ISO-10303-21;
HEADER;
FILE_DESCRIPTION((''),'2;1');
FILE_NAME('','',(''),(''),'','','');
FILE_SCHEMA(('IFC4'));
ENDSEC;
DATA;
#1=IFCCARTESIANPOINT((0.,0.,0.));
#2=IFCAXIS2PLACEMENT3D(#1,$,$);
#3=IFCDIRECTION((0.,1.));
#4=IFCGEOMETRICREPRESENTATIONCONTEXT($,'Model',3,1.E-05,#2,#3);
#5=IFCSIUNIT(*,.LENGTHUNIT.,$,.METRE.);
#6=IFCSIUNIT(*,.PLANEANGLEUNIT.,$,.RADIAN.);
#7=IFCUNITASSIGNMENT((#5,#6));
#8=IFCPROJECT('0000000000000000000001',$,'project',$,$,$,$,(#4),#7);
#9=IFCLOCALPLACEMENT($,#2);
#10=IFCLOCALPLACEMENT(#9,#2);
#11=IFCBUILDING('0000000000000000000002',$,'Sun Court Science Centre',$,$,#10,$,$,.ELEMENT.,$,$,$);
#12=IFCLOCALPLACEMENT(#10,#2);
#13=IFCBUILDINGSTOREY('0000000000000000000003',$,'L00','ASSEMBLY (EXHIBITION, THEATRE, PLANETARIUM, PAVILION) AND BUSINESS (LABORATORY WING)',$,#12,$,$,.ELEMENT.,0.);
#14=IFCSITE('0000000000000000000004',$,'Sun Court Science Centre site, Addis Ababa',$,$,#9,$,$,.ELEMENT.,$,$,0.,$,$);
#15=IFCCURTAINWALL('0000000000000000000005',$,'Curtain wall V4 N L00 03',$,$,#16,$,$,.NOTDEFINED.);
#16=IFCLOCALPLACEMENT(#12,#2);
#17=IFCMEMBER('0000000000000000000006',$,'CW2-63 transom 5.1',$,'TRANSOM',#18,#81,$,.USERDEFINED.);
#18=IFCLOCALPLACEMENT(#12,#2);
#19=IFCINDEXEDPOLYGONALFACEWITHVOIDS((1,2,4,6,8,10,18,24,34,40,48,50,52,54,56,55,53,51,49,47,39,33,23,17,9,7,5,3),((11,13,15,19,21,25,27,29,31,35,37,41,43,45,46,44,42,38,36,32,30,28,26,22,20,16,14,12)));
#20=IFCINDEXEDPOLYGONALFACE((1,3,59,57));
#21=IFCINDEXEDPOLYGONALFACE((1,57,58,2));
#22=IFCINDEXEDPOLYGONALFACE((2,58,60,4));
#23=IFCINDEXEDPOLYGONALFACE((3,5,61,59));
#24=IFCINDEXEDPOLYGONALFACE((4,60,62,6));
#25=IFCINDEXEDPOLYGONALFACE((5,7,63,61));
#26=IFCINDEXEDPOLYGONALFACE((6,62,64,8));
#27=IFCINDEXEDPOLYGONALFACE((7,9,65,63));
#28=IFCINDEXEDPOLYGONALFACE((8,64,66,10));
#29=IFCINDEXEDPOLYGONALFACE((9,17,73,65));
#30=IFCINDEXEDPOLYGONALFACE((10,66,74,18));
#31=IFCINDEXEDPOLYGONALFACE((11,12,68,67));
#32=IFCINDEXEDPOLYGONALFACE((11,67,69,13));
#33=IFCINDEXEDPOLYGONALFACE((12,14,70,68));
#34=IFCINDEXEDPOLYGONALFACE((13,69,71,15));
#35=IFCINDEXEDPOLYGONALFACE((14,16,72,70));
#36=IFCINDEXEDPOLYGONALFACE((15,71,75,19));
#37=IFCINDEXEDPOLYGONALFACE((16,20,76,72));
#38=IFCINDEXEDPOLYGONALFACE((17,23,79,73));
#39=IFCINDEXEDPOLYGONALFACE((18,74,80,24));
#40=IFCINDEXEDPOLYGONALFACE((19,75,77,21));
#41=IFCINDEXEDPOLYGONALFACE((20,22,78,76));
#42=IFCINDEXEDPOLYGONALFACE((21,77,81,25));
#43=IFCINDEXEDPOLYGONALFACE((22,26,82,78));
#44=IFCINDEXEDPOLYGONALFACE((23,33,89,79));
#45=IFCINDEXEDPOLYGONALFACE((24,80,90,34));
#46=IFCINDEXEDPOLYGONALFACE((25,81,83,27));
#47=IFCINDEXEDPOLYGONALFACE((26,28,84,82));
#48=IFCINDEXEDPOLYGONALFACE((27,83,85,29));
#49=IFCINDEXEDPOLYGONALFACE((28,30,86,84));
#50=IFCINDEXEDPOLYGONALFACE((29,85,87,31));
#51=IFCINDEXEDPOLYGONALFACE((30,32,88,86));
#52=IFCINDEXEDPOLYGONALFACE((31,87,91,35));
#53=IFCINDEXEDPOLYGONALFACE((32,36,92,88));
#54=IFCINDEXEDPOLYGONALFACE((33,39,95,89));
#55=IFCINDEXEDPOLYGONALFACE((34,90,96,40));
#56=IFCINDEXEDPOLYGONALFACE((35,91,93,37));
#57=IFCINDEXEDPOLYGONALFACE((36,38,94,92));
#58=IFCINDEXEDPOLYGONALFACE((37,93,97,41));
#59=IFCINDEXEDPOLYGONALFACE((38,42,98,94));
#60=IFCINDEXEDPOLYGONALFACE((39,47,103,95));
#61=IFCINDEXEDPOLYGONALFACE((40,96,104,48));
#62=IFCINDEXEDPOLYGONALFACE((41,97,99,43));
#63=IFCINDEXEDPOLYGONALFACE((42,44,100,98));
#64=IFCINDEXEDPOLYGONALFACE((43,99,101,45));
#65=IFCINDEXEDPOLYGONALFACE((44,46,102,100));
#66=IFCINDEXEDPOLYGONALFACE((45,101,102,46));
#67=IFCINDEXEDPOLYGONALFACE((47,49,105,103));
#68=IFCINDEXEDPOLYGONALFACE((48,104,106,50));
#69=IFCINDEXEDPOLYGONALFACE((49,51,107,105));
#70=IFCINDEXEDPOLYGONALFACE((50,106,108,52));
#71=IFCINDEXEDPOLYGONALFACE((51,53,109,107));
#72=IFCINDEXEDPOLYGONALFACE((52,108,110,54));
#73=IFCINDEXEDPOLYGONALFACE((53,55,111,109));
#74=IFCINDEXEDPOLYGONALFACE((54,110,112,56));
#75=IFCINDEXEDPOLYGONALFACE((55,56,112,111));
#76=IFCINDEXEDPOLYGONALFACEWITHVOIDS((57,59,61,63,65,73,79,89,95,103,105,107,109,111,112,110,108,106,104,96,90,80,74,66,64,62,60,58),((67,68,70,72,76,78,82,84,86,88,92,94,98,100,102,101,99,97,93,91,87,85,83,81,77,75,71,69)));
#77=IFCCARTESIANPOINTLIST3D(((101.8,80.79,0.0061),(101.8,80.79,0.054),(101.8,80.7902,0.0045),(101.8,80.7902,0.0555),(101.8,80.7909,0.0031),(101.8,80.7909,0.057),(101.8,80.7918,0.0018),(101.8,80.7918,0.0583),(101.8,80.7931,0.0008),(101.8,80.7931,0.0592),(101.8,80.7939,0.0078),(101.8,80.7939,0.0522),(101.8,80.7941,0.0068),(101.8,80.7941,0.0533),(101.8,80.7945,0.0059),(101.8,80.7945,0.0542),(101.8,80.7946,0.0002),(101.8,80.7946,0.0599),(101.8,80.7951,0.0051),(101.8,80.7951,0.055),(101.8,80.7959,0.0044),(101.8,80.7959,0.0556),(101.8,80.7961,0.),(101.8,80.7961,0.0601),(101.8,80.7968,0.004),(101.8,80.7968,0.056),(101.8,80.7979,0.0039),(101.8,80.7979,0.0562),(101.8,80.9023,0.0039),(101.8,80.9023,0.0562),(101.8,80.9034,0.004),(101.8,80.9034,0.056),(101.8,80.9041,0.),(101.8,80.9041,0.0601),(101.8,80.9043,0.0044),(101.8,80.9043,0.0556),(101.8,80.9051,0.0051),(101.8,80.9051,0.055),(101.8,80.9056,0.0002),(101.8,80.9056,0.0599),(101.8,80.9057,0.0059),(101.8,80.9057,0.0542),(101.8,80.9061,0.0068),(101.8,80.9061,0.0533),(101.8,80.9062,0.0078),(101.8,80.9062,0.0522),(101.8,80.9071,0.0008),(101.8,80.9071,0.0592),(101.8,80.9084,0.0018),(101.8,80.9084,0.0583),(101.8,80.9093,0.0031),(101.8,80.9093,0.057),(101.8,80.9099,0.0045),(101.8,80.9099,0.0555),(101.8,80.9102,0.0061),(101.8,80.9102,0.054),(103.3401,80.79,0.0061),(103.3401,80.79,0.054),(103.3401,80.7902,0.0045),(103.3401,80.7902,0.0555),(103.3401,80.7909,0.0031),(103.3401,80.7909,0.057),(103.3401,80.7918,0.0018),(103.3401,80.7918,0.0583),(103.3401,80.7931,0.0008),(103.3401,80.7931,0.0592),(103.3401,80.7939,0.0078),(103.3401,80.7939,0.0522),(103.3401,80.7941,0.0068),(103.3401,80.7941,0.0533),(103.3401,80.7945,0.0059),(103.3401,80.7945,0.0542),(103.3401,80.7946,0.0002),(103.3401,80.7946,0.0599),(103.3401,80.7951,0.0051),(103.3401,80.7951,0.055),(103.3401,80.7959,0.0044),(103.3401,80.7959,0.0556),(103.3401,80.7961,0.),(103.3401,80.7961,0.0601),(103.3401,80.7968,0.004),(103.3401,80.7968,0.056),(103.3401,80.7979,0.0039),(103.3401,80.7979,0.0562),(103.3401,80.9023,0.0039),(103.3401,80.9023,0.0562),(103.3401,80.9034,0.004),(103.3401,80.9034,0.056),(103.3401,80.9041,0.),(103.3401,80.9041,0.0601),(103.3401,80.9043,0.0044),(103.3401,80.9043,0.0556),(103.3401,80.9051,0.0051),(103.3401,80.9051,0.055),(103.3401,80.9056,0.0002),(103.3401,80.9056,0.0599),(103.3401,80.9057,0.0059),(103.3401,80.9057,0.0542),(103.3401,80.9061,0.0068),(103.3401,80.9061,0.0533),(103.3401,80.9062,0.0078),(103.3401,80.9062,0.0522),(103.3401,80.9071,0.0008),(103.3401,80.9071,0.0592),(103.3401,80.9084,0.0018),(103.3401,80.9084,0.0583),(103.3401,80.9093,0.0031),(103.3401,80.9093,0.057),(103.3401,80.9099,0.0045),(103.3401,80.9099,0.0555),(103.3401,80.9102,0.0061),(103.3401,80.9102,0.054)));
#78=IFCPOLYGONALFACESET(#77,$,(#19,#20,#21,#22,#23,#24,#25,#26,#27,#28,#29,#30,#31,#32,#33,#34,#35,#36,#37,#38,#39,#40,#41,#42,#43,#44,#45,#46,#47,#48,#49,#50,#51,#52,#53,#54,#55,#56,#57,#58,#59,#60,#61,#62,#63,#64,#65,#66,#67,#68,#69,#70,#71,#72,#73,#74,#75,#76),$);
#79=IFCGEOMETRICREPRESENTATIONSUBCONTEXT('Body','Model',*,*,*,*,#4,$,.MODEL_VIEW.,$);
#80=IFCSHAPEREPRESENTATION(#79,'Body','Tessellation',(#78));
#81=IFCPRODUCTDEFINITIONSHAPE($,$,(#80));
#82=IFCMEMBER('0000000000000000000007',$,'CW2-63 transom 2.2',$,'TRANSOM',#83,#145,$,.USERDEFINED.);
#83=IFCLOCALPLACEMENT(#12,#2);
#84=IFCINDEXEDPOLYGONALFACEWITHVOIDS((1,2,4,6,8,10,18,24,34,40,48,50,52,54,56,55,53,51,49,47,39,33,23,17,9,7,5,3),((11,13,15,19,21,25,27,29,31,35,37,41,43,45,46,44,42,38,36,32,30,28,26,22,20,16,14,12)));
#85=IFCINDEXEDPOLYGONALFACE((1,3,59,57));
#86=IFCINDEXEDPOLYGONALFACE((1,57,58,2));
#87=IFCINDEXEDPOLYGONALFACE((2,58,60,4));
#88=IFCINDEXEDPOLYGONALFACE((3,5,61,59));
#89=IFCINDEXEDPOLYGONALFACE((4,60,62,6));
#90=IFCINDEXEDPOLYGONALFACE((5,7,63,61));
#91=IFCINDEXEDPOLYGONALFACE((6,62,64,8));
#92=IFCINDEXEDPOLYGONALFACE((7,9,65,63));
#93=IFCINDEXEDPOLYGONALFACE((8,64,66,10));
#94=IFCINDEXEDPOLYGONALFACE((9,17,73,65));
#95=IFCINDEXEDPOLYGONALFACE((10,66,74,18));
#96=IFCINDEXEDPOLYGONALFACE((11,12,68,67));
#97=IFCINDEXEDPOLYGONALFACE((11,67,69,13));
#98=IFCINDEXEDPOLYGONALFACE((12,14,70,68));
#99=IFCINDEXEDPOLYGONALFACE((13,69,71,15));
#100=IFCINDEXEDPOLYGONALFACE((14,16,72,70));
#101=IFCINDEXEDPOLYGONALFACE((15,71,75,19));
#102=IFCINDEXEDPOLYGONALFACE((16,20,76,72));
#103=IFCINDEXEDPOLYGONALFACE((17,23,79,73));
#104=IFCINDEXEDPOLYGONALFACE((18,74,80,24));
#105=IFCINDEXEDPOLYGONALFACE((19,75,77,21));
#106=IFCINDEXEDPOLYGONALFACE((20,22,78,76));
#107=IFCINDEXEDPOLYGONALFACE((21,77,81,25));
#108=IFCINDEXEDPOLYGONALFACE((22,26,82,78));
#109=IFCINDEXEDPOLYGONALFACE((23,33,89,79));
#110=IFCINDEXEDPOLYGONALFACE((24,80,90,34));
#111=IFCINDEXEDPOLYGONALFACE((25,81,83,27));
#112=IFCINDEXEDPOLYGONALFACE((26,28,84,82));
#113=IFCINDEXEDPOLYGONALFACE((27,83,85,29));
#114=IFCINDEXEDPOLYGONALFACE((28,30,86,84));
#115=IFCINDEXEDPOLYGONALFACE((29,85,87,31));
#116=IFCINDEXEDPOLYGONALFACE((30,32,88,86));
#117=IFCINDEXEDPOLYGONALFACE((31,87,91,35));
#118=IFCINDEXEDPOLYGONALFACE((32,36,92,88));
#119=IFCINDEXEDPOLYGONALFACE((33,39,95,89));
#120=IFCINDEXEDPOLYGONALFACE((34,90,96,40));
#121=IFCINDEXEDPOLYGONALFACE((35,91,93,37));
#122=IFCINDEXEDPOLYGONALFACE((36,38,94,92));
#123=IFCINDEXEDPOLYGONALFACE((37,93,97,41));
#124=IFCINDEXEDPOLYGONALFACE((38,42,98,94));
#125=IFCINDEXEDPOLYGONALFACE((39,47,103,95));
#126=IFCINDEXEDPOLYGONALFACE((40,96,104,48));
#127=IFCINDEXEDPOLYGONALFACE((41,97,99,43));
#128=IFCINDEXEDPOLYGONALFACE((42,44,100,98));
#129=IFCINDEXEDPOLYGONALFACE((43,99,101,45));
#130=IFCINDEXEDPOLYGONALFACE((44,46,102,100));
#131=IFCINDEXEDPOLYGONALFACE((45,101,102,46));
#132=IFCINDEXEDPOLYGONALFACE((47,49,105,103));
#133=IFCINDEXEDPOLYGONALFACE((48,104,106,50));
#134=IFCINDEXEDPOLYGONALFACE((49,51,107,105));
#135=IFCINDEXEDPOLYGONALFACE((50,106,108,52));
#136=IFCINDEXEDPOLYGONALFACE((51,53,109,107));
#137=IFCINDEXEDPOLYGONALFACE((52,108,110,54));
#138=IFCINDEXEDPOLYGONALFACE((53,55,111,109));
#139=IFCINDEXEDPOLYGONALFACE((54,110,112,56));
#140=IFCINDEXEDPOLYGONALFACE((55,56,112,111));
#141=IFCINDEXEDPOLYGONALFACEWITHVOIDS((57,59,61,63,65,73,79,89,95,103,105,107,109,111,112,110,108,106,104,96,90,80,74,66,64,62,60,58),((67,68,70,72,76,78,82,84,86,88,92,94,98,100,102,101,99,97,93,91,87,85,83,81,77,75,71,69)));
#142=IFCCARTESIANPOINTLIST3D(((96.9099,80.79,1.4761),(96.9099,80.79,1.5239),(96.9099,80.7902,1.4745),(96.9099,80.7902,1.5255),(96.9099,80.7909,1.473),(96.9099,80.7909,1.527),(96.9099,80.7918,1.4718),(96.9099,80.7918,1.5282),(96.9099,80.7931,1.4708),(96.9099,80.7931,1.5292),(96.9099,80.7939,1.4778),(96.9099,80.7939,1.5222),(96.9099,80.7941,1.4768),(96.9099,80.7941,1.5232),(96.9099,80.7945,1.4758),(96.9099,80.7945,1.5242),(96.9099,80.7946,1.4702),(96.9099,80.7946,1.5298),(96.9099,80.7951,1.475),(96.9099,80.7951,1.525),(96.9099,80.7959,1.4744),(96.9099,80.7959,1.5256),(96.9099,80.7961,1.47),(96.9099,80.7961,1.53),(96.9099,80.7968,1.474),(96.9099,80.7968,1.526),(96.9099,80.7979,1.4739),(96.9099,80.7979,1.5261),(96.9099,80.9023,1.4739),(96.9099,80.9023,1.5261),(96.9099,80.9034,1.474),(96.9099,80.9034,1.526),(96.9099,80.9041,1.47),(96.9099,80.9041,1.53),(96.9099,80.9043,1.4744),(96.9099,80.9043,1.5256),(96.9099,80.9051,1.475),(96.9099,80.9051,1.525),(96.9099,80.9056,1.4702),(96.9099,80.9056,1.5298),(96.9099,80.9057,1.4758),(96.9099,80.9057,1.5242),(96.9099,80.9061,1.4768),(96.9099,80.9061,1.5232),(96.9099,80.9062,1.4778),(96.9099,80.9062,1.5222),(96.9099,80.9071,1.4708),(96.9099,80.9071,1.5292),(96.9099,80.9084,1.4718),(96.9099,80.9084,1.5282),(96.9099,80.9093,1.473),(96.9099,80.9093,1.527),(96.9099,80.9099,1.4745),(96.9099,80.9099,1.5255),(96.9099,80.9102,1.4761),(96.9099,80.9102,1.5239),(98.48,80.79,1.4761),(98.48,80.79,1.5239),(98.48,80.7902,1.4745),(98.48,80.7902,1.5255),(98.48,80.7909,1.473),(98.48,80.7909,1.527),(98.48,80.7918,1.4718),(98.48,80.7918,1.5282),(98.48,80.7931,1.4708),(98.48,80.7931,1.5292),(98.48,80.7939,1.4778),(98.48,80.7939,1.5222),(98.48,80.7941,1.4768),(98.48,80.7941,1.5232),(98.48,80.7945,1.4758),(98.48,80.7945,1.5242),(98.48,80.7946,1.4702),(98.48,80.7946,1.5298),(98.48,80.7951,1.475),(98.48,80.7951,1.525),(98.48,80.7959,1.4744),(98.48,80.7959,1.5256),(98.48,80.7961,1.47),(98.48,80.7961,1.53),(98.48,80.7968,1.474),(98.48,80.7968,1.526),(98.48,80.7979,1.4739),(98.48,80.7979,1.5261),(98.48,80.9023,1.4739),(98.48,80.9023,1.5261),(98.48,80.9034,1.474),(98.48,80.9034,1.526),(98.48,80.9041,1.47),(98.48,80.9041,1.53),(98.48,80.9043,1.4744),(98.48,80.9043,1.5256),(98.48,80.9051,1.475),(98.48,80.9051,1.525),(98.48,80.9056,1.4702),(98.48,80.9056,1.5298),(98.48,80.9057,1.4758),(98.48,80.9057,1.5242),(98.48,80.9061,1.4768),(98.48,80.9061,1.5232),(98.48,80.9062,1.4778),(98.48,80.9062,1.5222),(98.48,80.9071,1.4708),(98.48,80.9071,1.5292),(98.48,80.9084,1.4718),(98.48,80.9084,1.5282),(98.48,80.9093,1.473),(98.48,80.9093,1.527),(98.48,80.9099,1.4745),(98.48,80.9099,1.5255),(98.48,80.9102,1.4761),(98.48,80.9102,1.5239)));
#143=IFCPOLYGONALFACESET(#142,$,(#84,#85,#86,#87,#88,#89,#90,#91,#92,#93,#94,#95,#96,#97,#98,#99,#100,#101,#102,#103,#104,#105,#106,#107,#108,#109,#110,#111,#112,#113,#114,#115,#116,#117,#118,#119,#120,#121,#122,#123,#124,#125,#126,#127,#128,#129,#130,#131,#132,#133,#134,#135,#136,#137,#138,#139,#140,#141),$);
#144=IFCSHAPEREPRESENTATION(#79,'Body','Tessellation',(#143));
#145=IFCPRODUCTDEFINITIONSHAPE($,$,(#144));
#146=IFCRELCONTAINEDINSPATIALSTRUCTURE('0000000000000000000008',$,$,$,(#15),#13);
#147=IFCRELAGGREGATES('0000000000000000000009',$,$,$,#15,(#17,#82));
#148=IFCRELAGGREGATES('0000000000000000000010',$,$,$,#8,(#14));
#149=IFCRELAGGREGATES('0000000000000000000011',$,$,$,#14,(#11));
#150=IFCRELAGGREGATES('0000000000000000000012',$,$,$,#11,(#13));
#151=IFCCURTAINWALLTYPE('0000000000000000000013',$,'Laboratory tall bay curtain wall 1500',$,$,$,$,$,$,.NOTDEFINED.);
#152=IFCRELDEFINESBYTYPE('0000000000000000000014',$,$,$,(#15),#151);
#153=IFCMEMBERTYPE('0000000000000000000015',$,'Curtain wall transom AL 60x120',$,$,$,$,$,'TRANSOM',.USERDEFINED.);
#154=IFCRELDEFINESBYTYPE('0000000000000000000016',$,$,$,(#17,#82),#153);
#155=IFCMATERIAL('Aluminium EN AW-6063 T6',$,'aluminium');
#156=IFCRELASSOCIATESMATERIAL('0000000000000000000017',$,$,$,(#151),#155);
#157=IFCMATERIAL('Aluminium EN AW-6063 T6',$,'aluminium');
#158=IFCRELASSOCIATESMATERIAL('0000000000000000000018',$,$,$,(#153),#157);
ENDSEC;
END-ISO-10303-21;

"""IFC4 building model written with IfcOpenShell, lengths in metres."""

from ifc_helpers import new_model, si_unit, direction, frame, origin, origin_2d, place, context, subcontext, project, spatial, hollow_rectangle, extrude, material, material_profile, profile_set, type_object, element, aggregate, save


model = new_model("IFC4")

# Units and contexts
model_context = context("Model", 3, precision=1e-05, world=origin(), true_north=direction((0.0, 1.0)))
body_context = subcontext(model_context, "Body", "Model", "MODEL_VIEW")
ifc_project = project(units=[si_unit("LENGTHUNIT", "METRE"), si_unit("PLANEANGLEUNIT", "RADIAN")], contexts=[model_context])

# Site, building, storey
site_placement = place(None, origin())
site = spatial("IfcSite", under=ifc_project, at=site_placement, Name="Sun Court Science Centre site, Addis Ababa", CompositionType="ELEMENT", RefElevation=0.0)
building_placement = place(site_placement, origin())
building = spatial("IfcBuilding", under=site, at=building_placement, Name="Sun Court Science Centre", CompositionType="ELEMENT")
storey_placement = place(building_placement, origin())
storey = spatial("IfcBuildingStorey", under=building, at=storey_placement, Name="L00", Description="ASSEMBLY (EXHIBITION, THEATRE, PLANETARIUM, PAVILION) AND BUSINESS (LABORATORY WING)", CompositionType="ELEMENT", Elevation=0.0)

# Curtain wall, members
ifc_material_1 = material(Name="Aluminium EN AW-6063 T6", Category="aluminium")
curtain_wall_type = type_object("IfcCurtainWallType", Name="Laboratory tall bay curtain wall 1500", PredefinedType="NOTDEFINED", material=ifc_material_1)
curtain_wall_placement = place(storey_placement, origin())
curtain_wall = element("IfcCurtainWall", 1, at=curtain_wall_placement, inside=storey, type_object=curtain_wall_type, Name="Curtain wall V4 N L00 03", PredefinedType="NOTDEFINED")
ifc_material_2 = material(Name="Aluminium EN AW-6063 T6", Category="aluminium")
ifc_material_profile_1 = material_profile(ifc_material_2, hollow_rectangle(XDim=0.0601, YDim=0.1201, WallThickness=0.0039, InnerFilletRadius=0.0039, OuterFilletRadius=0.0061, at=origin_2d()), Name="AL 60x120x4")
ifc_profile_set_1 = profile_set([ifc_material_profile_1], Name="Aluminium EN AW-6063 T6")
member_type_1 = type_object("IfcMemberType", Name="Curtain wall transom AL 60x120", ElementType="TRANSOM", PredefinedType="USERDEFINED", material=ifc_profile_set_1)
member_1_placement = place(storey_placement, frame((101.8, 80.8501, 0.03), z_axis=(1.0, 0.0, 0.0), x_axis=(0.0, 0.0, 1.0)))
member_1 = element("IfcMember", 2, at=member_1_placement, type_object=member_type_1, Name="CW2-63 transom 5.1", ObjectType="TRANSOM", PredefinedType="USERDEFINED", context=body_context, shape_type="SweptSolid", body=[
    extrude(hollow_rectangle(XDim=0.0601, YDim=0.1201, WallThickness=0.0039, InnerFilletRadius=0.0039, OuterFilletRadius=0.0061, at=origin_2d()), origin(), (0.0, 0.0, 1.0), 1.54),
])
member_2_placement = place(storey_placement, frame((96.9099, 80.8501, 1.5), z_axis=(1.0, 0.0, 0.0), x_axis=(0.0, 0.0, 1.0)))
member_2 = element("IfcMember", 3, at=member_2_placement, type_object=member_type_1, Name="CW2-63 transom 2.2", ObjectType="TRANSOM", PredefinedType="USERDEFINED", context=body_context, shape_type="SweptSolid", body=[
    extrude(hollow_rectangle(XDim=0.0601, YDim=0.1201, WallThickness=0.0039, InnerFilletRadius=0.0039, OuterFilletRadius=0.0061, at=origin_2d()), origin(), (0.0, 0.0, 1.0), 1.5701),
])
aggregate(curtain_wall, [member_1, member_2])

save(model, "model.ifc")
